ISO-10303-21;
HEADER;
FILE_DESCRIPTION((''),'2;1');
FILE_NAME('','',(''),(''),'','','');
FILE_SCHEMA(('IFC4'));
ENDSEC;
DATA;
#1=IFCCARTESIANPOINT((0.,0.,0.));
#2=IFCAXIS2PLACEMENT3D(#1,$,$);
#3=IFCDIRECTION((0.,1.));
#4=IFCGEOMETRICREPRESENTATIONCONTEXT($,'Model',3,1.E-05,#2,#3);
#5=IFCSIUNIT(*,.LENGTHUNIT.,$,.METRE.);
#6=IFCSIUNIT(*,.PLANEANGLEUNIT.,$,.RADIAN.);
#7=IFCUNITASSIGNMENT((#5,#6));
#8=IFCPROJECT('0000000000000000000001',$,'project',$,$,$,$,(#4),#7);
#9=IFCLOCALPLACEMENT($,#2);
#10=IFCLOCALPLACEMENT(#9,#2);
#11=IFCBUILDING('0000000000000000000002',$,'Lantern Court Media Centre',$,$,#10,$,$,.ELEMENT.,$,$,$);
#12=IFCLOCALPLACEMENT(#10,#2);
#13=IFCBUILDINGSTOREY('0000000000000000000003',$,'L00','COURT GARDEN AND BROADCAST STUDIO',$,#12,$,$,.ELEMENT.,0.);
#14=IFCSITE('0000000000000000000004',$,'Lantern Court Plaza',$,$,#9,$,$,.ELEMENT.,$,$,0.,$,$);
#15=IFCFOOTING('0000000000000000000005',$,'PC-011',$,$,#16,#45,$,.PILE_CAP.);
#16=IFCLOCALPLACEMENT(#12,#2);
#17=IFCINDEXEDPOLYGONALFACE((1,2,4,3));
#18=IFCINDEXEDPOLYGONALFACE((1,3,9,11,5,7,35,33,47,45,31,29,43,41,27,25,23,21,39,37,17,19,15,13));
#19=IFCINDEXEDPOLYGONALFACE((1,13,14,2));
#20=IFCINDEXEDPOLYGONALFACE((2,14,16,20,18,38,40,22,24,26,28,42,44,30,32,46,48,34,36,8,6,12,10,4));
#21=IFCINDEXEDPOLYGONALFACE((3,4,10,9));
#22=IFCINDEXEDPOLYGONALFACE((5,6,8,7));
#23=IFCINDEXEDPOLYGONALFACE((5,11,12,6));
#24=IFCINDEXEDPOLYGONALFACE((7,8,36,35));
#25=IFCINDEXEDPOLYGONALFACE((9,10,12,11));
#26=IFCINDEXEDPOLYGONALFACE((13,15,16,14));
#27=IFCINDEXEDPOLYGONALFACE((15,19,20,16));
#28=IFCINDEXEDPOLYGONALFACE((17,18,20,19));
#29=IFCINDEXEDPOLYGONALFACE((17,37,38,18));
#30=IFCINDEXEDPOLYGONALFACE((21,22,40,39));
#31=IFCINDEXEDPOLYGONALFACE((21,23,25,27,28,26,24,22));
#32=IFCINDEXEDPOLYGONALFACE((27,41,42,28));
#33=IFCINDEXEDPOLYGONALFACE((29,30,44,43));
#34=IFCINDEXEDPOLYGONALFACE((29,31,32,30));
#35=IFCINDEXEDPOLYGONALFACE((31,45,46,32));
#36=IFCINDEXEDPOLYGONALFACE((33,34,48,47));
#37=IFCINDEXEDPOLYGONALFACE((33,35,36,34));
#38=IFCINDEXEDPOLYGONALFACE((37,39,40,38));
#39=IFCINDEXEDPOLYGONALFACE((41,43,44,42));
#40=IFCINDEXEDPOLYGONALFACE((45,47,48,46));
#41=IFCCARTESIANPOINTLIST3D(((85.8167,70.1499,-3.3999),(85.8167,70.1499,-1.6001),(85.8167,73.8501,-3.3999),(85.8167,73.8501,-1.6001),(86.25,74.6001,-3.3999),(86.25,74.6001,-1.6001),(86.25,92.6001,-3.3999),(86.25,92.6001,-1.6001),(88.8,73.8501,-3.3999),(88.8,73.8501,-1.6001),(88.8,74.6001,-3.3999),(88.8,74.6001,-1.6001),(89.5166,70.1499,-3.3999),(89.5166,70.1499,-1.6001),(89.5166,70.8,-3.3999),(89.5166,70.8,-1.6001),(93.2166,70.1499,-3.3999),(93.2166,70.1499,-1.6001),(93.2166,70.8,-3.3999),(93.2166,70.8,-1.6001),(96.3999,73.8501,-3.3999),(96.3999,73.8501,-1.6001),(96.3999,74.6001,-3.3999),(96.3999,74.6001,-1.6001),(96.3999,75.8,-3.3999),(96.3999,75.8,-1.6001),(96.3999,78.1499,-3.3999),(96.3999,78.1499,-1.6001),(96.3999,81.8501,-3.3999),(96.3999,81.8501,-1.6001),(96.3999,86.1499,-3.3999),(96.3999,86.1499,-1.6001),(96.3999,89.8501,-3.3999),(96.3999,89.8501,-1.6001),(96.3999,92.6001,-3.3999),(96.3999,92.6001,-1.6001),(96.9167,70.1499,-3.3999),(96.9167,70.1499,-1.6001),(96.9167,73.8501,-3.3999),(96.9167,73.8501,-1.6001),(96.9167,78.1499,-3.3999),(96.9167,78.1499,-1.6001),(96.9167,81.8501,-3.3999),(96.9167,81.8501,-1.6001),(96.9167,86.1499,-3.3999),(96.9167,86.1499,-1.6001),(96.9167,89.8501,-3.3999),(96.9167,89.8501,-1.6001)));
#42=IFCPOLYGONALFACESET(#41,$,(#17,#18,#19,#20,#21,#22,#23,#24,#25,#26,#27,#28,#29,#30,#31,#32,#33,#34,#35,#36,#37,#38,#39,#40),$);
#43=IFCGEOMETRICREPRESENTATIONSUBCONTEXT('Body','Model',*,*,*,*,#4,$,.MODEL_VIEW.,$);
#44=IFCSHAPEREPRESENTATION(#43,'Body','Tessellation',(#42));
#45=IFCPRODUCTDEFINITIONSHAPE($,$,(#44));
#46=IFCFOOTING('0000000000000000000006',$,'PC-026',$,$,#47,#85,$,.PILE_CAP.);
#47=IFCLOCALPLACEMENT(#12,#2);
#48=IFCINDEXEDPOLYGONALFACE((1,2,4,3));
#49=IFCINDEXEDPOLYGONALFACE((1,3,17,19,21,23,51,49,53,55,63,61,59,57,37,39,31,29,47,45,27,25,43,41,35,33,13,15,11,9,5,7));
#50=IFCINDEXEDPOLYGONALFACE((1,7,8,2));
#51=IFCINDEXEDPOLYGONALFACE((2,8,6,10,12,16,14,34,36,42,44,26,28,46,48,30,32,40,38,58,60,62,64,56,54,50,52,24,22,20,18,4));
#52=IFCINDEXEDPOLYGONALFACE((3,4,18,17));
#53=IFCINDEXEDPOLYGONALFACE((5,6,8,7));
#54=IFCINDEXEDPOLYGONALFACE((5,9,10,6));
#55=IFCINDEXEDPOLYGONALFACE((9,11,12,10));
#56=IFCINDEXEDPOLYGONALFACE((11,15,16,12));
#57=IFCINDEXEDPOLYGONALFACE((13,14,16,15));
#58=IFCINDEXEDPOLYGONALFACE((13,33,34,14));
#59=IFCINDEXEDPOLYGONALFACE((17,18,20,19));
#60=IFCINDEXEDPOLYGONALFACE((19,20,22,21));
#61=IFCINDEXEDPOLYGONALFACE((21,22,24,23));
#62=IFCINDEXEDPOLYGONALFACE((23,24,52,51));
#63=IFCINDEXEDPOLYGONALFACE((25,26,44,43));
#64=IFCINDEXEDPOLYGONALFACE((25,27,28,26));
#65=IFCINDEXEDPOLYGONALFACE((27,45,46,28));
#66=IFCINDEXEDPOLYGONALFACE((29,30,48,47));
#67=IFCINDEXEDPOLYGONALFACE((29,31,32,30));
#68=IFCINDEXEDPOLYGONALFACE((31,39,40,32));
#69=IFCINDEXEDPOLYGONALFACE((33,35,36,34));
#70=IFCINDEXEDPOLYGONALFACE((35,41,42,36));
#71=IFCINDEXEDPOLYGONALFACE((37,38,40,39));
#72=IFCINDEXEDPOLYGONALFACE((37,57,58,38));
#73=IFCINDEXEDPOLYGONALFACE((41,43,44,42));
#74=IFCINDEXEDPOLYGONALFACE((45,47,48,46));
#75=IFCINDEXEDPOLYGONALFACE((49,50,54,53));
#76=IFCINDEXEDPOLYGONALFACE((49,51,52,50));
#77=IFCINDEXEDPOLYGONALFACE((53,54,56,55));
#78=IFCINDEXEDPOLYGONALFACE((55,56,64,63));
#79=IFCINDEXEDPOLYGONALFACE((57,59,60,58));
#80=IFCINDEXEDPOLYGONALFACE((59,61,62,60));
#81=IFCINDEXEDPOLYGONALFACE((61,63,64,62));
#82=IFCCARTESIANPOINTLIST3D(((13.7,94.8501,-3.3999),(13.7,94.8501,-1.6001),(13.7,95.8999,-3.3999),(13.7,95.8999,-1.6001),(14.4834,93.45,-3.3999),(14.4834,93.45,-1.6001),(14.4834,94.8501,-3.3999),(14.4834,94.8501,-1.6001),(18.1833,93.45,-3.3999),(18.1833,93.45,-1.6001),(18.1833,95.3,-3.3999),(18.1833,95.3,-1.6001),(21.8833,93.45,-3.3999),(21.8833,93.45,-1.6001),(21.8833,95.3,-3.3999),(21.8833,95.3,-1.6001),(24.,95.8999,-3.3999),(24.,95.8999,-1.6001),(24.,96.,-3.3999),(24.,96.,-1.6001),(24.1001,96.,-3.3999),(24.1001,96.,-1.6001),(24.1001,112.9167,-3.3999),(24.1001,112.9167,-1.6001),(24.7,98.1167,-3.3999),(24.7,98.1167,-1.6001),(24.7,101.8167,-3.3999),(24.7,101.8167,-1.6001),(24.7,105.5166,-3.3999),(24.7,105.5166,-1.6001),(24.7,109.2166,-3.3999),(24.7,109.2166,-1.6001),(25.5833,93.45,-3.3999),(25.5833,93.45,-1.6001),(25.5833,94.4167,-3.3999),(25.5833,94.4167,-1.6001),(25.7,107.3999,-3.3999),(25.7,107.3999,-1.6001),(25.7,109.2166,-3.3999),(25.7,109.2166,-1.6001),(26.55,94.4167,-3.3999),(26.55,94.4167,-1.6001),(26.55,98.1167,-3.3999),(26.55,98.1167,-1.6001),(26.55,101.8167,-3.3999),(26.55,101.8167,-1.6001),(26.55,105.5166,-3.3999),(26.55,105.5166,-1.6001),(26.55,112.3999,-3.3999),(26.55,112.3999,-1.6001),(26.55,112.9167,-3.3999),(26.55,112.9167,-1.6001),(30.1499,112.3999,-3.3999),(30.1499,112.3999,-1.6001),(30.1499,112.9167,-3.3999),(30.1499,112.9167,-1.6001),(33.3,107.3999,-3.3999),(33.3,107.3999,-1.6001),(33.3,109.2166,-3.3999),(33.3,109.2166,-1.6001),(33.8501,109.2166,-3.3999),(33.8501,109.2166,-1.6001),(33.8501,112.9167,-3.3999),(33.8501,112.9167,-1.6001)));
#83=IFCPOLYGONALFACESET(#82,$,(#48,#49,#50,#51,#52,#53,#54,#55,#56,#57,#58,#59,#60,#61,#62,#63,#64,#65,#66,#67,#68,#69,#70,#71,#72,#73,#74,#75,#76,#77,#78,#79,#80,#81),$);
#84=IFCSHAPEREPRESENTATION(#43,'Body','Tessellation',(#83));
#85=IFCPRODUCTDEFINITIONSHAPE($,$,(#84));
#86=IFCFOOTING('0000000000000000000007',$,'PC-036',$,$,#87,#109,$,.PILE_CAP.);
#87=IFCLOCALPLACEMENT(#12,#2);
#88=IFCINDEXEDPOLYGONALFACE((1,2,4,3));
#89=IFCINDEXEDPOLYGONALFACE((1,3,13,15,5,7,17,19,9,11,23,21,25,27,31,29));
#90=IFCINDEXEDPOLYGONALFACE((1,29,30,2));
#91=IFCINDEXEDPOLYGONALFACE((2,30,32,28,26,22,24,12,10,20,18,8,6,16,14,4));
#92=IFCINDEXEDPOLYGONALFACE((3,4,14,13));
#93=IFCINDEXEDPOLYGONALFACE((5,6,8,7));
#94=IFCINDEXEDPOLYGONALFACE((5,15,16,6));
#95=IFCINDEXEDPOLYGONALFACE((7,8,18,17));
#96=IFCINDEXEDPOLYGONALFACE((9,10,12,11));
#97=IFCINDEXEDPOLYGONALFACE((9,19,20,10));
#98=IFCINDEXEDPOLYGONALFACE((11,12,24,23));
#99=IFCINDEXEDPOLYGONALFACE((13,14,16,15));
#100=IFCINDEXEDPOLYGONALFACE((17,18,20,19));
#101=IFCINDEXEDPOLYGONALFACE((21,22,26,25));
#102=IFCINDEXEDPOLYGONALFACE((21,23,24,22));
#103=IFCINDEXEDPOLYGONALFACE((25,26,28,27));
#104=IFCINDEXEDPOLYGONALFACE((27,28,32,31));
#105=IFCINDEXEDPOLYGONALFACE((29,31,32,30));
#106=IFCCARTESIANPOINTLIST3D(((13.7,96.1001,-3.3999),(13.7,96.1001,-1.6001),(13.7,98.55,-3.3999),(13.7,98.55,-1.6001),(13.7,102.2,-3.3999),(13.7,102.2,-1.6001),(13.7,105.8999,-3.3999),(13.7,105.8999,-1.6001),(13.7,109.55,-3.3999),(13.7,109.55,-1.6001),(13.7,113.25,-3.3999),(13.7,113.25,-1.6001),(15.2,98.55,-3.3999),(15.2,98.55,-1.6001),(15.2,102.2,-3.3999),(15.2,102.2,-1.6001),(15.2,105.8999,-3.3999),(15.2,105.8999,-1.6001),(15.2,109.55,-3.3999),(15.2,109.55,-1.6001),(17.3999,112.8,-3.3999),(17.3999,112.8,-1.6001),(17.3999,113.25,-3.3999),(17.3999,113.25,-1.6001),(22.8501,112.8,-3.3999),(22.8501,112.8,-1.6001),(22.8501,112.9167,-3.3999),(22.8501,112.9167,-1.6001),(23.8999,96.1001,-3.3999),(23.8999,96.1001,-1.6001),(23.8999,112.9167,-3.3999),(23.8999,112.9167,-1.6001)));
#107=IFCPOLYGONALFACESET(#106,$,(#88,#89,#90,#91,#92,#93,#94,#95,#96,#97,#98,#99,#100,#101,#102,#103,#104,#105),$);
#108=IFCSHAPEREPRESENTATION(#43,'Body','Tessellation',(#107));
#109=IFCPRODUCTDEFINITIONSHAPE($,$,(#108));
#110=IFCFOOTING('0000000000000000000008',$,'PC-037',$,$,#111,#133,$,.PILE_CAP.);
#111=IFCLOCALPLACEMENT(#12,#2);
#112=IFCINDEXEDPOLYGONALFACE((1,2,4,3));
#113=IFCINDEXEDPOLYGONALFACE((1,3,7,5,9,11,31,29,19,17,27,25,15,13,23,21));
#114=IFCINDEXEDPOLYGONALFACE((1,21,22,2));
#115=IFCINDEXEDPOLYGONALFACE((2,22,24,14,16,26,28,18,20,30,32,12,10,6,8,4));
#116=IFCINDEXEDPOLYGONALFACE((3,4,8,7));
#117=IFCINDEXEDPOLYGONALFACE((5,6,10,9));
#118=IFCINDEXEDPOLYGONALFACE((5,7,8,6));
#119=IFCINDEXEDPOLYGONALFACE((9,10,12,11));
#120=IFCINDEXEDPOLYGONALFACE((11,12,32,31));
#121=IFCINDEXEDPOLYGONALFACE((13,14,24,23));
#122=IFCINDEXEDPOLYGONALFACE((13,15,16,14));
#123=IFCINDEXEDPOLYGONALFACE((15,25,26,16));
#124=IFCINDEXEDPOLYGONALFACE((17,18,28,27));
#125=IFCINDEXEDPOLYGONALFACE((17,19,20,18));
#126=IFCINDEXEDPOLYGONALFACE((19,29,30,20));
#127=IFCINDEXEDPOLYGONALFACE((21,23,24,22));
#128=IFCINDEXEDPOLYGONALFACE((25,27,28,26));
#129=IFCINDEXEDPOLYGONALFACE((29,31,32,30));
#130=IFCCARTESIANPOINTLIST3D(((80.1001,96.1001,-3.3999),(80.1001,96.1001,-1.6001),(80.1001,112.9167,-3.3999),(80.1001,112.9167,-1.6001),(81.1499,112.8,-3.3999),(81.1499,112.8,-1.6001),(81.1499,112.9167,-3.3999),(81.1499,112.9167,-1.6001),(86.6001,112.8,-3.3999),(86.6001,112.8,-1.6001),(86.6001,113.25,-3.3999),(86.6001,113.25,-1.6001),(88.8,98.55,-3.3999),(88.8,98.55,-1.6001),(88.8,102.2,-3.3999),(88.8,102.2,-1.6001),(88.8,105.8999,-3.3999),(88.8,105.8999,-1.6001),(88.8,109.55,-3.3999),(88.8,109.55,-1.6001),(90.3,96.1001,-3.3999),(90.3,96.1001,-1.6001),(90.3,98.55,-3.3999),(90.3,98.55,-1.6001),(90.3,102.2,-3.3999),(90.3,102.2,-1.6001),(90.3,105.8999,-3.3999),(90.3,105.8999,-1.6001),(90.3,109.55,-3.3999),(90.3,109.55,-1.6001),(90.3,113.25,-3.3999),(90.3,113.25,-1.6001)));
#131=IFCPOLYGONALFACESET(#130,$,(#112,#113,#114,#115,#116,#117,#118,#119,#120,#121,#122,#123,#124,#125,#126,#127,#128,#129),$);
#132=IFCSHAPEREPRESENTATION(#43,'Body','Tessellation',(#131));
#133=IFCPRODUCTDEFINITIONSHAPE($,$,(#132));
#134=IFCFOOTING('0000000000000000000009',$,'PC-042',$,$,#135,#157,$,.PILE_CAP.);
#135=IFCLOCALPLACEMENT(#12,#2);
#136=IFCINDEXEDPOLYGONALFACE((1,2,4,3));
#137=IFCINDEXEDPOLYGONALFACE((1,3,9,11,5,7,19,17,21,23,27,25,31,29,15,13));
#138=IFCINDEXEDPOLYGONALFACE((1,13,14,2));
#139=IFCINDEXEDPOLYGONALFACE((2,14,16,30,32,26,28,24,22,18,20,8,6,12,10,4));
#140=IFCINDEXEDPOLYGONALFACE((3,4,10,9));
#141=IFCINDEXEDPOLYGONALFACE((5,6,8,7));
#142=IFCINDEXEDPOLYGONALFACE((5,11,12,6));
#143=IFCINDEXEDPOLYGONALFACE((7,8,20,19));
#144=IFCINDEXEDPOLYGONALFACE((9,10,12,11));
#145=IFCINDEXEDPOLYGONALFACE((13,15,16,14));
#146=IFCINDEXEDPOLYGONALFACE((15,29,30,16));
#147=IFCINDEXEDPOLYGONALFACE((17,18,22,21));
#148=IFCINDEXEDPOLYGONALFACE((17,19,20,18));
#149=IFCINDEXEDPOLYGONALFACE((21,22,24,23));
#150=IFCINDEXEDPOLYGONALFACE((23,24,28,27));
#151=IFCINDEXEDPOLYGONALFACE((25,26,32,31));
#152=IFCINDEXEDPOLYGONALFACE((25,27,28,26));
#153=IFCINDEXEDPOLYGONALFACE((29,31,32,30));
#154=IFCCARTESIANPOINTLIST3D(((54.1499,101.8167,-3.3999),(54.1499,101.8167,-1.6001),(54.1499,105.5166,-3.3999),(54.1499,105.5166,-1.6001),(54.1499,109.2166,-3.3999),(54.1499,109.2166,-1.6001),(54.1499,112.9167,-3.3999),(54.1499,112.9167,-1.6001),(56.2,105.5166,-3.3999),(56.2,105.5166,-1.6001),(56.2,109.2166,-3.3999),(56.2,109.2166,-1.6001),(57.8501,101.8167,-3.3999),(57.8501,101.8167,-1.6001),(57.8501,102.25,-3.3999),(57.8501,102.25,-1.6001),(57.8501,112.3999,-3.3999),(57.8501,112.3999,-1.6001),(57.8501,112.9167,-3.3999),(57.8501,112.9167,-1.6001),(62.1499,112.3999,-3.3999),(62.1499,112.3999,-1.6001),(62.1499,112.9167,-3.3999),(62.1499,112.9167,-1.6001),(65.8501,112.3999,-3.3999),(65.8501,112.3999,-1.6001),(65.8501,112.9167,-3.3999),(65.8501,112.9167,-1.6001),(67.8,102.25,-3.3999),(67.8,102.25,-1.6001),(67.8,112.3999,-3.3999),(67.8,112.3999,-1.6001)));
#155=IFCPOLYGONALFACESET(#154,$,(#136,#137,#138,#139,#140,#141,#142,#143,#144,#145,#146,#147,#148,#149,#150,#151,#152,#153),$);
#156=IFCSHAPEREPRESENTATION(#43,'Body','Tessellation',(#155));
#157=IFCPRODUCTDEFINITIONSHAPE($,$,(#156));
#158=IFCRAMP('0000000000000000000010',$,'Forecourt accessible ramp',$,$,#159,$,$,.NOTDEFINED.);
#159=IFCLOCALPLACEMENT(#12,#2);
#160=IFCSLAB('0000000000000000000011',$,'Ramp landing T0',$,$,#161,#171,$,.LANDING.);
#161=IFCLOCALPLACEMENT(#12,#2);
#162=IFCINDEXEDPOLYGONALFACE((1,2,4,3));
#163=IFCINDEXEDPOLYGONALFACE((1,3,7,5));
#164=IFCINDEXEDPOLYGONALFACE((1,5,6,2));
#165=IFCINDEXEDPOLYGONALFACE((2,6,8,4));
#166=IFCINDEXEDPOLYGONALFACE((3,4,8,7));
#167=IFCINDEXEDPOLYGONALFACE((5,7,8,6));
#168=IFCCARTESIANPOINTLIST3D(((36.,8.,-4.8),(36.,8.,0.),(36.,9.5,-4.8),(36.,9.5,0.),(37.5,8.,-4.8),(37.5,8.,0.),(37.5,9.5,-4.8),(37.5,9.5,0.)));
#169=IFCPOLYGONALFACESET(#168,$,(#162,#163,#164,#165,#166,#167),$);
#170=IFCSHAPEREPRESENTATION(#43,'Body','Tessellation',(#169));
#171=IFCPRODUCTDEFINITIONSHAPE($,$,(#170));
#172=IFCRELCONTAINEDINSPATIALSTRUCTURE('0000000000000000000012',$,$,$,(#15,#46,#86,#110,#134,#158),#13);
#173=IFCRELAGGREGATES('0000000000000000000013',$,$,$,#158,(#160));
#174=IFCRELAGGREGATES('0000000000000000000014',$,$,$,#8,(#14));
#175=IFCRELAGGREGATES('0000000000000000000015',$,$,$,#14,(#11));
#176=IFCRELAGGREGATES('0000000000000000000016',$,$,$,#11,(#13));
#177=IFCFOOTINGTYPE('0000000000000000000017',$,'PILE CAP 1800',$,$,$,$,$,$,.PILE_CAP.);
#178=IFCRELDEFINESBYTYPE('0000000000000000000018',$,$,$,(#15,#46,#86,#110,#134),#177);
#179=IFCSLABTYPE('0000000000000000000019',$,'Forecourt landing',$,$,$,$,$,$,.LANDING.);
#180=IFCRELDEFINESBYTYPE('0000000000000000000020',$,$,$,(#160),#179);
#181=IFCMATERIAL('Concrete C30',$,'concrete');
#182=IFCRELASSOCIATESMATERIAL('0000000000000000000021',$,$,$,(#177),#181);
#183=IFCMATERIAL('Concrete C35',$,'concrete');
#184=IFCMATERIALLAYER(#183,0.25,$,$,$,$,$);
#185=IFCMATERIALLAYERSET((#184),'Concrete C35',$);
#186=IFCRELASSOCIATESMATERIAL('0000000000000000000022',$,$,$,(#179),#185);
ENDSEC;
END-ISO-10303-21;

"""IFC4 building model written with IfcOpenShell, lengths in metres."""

from ifc_helpers import new_model, si_unit, direction, frame, origin, place, context, subcontext, project, spatial, polyline, outline, extrude, material, layer, layer_set, type_object, element, aggregate, save


model = new_model("IFC4")

# Units and contexts
model_context = context("Model", 3, precision=1e-05, world=origin(), true_north=direction((0.0, 1.0)))
body_context = subcontext(model_context, "Body", "Model", "MODEL_VIEW")
ifc_project = project(units=[si_unit("LENGTHUNIT", "METRE"), si_unit("PLANEANGLEUNIT", "RADIAN")], contexts=[model_context])

# Site, building, storey
site_placement = place(None, origin())
site = spatial("IfcSite", under=ifc_project, at=site_placement, Name="Lantern Court Plaza", CompositionType="ELEMENT", RefElevation=0.0)
building_placement = place(site_placement, origin())
building = spatial("IfcBuilding", under=site, at=building_placement, Name="Lantern Court Media Centre", CompositionType="ELEMENT")
storey_placement = place(building_placement, origin())
storey = spatial("IfcBuildingStorey", under=building, at=storey_placement, Name="L00", Description="COURT GARDEN AND BROADCAST STUDIO", CompositionType="ELEMENT", Elevation=0.0)

# Footings
ifc_material_1 = material(Name="Concrete C30", Category="concrete")
footing_type_1 = type_object("IfcFootingType", Name="PILE CAP 1800", PredefinedType="PILE_CAP", material=ifc_material_1)
footing_1_placement = place(storey_placement, frame((0.0, 0.0, -3.3999)))
element("IfcFooting", 1, at=footing_1_placement, inside=storey, type_object=footing_type_1, Name="PC-011", PredefinedType="PILE_CAP", context=body_context, shape_type="SweptSolid", body=[
    extrude(outline(polyline([(85.8167, 70.1499), (85.8167, 73.8501), (88.8, 73.8501), (88.8, 74.6001), (86.25, 74.6001), (86.25, 92.6001), (96.3999, 92.6001), (96.3999, 89.8501), (96.9167, 89.8501), (96.9167, 86.1499), (96.3999, 86.1499), (96.3999, 81.8501), (96.9167, 81.8501), (96.9167, 78.1499), (96.3999, 78.1499), (96.3999, 75.8), (96.3999, 74.6001), (96.3999, 73.8501), (96.9167, 73.8501), (96.9167, 70.1499), (93.2166, 70.1499), (93.2166, 70.8), (89.5166, 70.8), (89.5166, 70.1499), (85.8167, 70.1499)])), origin(), (0.0, 0.0, 1.0), 1.7998),
])
footing_2_placement = place(storey_placement, frame((0.0, 0.0, -3.3999)))
element("IfcFooting", 2, at=footing_2_placement, inside=storey, type_object=footing_type_1, Name="PC-026", PredefinedType="PILE_CAP", context=body_context, shape_type="SweptSolid", body=[
    extrude(outline(polyline([(26.55, 112.9167), (26.55, 112.3999), (30.1499, 112.3999), (30.1499, 112.9167), (33.8501, 112.9167), (33.8501, 109.2166), (33.3, 109.2166), (33.3, 107.3999), (25.7, 107.3999), (25.7, 109.2166), (24.7, 109.2166), (24.7, 105.5166), (26.55, 105.5166), (26.55, 101.8167), (24.7, 101.8167), (24.7, 98.1167), (26.55, 98.1167), (26.55, 94.4167), (25.5833, 94.4167), (25.5833, 93.45), (21.8833, 93.45), (21.8833, 95.3), (18.1833, 95.3), (18.1833, 93.45), (14.4834, 93.45), (14.4834, 94.8501), (13.7, 94.8501), (13.7, 95.8999), (24.0, 95.8999), (24.0, 96.0), (24.1001, 96.0), (24.1001, 112.9167), (26.55, 112.9167)])), origin(), (0.0, 0.0, 1.0), 1.7998),
])
footing_3_placement = place(storey_placement, frame((0.0, 0.0, -3.3999)))
element("IfcFooting", 3, at=footing_3_placement, inside=storey, type_object=footing_type_1, Name="PC-036", PredefinedType="PILE_CAP", context=body_context, shape_type="SweptSolid", body=[
    extrude(outline(polyline([(13.7, 105.8999), (15.2, 105.8999), (15.2, 109.55), (13.7, 109.55), (13.7, 113.25), (17.3999, 113.25), (17.3999, 112.8), (22.8501, 112.8), (22.8501, 112.9167), (23.8999, 112.9167), (23.8999, 96.1001), (13.7, 96.1001), (13.7, 98.55), (15.2, 98.55), (15.2, 102.2), (13.7, 102.2), (13.7, 105.8999)])), origin(), (0.0, 0.0, 1.0), 1.7998),
])
footing_4_placement = place(storey_placement, frame((0.0, 0.0, -3.3999)))
element("IfcFooting", 4, at=footing_4_placement, inside=storey, type_object=footing_type_1, Name="PC-037", PredefinedType="PILE_CAP", context=body_context, shape_type="SweptSolid", body=[
    extrude(outline(polyline([(81.1499, 112.9167), (81.1499, 112.8), (86.6001, 112.8), (86.6001, 113.25), (90.3, 113.25), (90.3, 109.55), (88.8, 109.55), (88.8, 105.8999), (90.3, 105.8999), (90.3, 102.2), (88.8, 102.2), (88.8, 98.55), (90.3, 98.55), (90.3, 96.1001), (80.1001, 96.1001), (80.1001, 112.9167), (81.1499, 112.9167)])), origin(), (0.0, 0.0, 1.0), 1.7998),
])
footing_5_placement = place(storey_placement, frame((0.0, 0.0, -3.3999)))
element("IfcFooting", 5, at=footing_5_placement, inside=storey, type_object=footing_type_1, Name="PC-042", PredefinedType="PILE_CAP", context=body_context, shape_type="SweptSolid", body=[
    extrude(outline(polyline([(54.1499, 109.2166), (54.1499, 112.9167), (57.8501, 112.9167), (57.8501, 112.3999), (62.1499, 112.3999), (62.1499, 112.9167), (65.8501, 112.9167), (65.8501, 112.3999), (67.8, 112.3999), (67.8, 102.25), (57.8501, 102.25), (57.8501, 101.8167), (54.1499, 101.8167), (54.1499, 105.5166), (56.2, 105.5166), (56.2, 109.2166), (54.1499, 109.2166)])), origin(), (0.0, 0.0, 1.0), 1.7998),
])

# Ramp, slab
ramp_placement = place(storey_placement, origin())
ramp = element("IfcRamp", 6, at=ramp_placement, inside=storey, Name="Forecourt accessible ramp", PredefinedType="NOTDEFINED")
ifc_material_2 = material(Name="Concrete C35", Category="concrete")
ifc_layer = layer(ifc_material_2, 0.25)
ifc_layer_set = layer_set([ifc_layer], Name="Concrete C35")
slab_type = type_object("IfcSlabType", Name="Forecourt landing", PredefinedType="LANDING", material=ifc_layer_set)
slab_placement = place(storey_placement, frame((0.0, 0.0, -4.8)))
slab = element("IfcSlab", 7, at=slab_placement, type_object=slab_type, Name="Ramp landing T0", PredefinedType="LANDING", context=body_context, shape_type="SweptSolid", body=[
    extrude(outline(polyline([(36.0, 8.0), (37.5, 8.0), (37.5, 9.5), (36.0, 9.5), (36.0, 8.0)])), origin(), (0.0, 0.0, 1.0), 4.8),
])
aggregate(ramp, [slab])

save(model, "model.ifc")
